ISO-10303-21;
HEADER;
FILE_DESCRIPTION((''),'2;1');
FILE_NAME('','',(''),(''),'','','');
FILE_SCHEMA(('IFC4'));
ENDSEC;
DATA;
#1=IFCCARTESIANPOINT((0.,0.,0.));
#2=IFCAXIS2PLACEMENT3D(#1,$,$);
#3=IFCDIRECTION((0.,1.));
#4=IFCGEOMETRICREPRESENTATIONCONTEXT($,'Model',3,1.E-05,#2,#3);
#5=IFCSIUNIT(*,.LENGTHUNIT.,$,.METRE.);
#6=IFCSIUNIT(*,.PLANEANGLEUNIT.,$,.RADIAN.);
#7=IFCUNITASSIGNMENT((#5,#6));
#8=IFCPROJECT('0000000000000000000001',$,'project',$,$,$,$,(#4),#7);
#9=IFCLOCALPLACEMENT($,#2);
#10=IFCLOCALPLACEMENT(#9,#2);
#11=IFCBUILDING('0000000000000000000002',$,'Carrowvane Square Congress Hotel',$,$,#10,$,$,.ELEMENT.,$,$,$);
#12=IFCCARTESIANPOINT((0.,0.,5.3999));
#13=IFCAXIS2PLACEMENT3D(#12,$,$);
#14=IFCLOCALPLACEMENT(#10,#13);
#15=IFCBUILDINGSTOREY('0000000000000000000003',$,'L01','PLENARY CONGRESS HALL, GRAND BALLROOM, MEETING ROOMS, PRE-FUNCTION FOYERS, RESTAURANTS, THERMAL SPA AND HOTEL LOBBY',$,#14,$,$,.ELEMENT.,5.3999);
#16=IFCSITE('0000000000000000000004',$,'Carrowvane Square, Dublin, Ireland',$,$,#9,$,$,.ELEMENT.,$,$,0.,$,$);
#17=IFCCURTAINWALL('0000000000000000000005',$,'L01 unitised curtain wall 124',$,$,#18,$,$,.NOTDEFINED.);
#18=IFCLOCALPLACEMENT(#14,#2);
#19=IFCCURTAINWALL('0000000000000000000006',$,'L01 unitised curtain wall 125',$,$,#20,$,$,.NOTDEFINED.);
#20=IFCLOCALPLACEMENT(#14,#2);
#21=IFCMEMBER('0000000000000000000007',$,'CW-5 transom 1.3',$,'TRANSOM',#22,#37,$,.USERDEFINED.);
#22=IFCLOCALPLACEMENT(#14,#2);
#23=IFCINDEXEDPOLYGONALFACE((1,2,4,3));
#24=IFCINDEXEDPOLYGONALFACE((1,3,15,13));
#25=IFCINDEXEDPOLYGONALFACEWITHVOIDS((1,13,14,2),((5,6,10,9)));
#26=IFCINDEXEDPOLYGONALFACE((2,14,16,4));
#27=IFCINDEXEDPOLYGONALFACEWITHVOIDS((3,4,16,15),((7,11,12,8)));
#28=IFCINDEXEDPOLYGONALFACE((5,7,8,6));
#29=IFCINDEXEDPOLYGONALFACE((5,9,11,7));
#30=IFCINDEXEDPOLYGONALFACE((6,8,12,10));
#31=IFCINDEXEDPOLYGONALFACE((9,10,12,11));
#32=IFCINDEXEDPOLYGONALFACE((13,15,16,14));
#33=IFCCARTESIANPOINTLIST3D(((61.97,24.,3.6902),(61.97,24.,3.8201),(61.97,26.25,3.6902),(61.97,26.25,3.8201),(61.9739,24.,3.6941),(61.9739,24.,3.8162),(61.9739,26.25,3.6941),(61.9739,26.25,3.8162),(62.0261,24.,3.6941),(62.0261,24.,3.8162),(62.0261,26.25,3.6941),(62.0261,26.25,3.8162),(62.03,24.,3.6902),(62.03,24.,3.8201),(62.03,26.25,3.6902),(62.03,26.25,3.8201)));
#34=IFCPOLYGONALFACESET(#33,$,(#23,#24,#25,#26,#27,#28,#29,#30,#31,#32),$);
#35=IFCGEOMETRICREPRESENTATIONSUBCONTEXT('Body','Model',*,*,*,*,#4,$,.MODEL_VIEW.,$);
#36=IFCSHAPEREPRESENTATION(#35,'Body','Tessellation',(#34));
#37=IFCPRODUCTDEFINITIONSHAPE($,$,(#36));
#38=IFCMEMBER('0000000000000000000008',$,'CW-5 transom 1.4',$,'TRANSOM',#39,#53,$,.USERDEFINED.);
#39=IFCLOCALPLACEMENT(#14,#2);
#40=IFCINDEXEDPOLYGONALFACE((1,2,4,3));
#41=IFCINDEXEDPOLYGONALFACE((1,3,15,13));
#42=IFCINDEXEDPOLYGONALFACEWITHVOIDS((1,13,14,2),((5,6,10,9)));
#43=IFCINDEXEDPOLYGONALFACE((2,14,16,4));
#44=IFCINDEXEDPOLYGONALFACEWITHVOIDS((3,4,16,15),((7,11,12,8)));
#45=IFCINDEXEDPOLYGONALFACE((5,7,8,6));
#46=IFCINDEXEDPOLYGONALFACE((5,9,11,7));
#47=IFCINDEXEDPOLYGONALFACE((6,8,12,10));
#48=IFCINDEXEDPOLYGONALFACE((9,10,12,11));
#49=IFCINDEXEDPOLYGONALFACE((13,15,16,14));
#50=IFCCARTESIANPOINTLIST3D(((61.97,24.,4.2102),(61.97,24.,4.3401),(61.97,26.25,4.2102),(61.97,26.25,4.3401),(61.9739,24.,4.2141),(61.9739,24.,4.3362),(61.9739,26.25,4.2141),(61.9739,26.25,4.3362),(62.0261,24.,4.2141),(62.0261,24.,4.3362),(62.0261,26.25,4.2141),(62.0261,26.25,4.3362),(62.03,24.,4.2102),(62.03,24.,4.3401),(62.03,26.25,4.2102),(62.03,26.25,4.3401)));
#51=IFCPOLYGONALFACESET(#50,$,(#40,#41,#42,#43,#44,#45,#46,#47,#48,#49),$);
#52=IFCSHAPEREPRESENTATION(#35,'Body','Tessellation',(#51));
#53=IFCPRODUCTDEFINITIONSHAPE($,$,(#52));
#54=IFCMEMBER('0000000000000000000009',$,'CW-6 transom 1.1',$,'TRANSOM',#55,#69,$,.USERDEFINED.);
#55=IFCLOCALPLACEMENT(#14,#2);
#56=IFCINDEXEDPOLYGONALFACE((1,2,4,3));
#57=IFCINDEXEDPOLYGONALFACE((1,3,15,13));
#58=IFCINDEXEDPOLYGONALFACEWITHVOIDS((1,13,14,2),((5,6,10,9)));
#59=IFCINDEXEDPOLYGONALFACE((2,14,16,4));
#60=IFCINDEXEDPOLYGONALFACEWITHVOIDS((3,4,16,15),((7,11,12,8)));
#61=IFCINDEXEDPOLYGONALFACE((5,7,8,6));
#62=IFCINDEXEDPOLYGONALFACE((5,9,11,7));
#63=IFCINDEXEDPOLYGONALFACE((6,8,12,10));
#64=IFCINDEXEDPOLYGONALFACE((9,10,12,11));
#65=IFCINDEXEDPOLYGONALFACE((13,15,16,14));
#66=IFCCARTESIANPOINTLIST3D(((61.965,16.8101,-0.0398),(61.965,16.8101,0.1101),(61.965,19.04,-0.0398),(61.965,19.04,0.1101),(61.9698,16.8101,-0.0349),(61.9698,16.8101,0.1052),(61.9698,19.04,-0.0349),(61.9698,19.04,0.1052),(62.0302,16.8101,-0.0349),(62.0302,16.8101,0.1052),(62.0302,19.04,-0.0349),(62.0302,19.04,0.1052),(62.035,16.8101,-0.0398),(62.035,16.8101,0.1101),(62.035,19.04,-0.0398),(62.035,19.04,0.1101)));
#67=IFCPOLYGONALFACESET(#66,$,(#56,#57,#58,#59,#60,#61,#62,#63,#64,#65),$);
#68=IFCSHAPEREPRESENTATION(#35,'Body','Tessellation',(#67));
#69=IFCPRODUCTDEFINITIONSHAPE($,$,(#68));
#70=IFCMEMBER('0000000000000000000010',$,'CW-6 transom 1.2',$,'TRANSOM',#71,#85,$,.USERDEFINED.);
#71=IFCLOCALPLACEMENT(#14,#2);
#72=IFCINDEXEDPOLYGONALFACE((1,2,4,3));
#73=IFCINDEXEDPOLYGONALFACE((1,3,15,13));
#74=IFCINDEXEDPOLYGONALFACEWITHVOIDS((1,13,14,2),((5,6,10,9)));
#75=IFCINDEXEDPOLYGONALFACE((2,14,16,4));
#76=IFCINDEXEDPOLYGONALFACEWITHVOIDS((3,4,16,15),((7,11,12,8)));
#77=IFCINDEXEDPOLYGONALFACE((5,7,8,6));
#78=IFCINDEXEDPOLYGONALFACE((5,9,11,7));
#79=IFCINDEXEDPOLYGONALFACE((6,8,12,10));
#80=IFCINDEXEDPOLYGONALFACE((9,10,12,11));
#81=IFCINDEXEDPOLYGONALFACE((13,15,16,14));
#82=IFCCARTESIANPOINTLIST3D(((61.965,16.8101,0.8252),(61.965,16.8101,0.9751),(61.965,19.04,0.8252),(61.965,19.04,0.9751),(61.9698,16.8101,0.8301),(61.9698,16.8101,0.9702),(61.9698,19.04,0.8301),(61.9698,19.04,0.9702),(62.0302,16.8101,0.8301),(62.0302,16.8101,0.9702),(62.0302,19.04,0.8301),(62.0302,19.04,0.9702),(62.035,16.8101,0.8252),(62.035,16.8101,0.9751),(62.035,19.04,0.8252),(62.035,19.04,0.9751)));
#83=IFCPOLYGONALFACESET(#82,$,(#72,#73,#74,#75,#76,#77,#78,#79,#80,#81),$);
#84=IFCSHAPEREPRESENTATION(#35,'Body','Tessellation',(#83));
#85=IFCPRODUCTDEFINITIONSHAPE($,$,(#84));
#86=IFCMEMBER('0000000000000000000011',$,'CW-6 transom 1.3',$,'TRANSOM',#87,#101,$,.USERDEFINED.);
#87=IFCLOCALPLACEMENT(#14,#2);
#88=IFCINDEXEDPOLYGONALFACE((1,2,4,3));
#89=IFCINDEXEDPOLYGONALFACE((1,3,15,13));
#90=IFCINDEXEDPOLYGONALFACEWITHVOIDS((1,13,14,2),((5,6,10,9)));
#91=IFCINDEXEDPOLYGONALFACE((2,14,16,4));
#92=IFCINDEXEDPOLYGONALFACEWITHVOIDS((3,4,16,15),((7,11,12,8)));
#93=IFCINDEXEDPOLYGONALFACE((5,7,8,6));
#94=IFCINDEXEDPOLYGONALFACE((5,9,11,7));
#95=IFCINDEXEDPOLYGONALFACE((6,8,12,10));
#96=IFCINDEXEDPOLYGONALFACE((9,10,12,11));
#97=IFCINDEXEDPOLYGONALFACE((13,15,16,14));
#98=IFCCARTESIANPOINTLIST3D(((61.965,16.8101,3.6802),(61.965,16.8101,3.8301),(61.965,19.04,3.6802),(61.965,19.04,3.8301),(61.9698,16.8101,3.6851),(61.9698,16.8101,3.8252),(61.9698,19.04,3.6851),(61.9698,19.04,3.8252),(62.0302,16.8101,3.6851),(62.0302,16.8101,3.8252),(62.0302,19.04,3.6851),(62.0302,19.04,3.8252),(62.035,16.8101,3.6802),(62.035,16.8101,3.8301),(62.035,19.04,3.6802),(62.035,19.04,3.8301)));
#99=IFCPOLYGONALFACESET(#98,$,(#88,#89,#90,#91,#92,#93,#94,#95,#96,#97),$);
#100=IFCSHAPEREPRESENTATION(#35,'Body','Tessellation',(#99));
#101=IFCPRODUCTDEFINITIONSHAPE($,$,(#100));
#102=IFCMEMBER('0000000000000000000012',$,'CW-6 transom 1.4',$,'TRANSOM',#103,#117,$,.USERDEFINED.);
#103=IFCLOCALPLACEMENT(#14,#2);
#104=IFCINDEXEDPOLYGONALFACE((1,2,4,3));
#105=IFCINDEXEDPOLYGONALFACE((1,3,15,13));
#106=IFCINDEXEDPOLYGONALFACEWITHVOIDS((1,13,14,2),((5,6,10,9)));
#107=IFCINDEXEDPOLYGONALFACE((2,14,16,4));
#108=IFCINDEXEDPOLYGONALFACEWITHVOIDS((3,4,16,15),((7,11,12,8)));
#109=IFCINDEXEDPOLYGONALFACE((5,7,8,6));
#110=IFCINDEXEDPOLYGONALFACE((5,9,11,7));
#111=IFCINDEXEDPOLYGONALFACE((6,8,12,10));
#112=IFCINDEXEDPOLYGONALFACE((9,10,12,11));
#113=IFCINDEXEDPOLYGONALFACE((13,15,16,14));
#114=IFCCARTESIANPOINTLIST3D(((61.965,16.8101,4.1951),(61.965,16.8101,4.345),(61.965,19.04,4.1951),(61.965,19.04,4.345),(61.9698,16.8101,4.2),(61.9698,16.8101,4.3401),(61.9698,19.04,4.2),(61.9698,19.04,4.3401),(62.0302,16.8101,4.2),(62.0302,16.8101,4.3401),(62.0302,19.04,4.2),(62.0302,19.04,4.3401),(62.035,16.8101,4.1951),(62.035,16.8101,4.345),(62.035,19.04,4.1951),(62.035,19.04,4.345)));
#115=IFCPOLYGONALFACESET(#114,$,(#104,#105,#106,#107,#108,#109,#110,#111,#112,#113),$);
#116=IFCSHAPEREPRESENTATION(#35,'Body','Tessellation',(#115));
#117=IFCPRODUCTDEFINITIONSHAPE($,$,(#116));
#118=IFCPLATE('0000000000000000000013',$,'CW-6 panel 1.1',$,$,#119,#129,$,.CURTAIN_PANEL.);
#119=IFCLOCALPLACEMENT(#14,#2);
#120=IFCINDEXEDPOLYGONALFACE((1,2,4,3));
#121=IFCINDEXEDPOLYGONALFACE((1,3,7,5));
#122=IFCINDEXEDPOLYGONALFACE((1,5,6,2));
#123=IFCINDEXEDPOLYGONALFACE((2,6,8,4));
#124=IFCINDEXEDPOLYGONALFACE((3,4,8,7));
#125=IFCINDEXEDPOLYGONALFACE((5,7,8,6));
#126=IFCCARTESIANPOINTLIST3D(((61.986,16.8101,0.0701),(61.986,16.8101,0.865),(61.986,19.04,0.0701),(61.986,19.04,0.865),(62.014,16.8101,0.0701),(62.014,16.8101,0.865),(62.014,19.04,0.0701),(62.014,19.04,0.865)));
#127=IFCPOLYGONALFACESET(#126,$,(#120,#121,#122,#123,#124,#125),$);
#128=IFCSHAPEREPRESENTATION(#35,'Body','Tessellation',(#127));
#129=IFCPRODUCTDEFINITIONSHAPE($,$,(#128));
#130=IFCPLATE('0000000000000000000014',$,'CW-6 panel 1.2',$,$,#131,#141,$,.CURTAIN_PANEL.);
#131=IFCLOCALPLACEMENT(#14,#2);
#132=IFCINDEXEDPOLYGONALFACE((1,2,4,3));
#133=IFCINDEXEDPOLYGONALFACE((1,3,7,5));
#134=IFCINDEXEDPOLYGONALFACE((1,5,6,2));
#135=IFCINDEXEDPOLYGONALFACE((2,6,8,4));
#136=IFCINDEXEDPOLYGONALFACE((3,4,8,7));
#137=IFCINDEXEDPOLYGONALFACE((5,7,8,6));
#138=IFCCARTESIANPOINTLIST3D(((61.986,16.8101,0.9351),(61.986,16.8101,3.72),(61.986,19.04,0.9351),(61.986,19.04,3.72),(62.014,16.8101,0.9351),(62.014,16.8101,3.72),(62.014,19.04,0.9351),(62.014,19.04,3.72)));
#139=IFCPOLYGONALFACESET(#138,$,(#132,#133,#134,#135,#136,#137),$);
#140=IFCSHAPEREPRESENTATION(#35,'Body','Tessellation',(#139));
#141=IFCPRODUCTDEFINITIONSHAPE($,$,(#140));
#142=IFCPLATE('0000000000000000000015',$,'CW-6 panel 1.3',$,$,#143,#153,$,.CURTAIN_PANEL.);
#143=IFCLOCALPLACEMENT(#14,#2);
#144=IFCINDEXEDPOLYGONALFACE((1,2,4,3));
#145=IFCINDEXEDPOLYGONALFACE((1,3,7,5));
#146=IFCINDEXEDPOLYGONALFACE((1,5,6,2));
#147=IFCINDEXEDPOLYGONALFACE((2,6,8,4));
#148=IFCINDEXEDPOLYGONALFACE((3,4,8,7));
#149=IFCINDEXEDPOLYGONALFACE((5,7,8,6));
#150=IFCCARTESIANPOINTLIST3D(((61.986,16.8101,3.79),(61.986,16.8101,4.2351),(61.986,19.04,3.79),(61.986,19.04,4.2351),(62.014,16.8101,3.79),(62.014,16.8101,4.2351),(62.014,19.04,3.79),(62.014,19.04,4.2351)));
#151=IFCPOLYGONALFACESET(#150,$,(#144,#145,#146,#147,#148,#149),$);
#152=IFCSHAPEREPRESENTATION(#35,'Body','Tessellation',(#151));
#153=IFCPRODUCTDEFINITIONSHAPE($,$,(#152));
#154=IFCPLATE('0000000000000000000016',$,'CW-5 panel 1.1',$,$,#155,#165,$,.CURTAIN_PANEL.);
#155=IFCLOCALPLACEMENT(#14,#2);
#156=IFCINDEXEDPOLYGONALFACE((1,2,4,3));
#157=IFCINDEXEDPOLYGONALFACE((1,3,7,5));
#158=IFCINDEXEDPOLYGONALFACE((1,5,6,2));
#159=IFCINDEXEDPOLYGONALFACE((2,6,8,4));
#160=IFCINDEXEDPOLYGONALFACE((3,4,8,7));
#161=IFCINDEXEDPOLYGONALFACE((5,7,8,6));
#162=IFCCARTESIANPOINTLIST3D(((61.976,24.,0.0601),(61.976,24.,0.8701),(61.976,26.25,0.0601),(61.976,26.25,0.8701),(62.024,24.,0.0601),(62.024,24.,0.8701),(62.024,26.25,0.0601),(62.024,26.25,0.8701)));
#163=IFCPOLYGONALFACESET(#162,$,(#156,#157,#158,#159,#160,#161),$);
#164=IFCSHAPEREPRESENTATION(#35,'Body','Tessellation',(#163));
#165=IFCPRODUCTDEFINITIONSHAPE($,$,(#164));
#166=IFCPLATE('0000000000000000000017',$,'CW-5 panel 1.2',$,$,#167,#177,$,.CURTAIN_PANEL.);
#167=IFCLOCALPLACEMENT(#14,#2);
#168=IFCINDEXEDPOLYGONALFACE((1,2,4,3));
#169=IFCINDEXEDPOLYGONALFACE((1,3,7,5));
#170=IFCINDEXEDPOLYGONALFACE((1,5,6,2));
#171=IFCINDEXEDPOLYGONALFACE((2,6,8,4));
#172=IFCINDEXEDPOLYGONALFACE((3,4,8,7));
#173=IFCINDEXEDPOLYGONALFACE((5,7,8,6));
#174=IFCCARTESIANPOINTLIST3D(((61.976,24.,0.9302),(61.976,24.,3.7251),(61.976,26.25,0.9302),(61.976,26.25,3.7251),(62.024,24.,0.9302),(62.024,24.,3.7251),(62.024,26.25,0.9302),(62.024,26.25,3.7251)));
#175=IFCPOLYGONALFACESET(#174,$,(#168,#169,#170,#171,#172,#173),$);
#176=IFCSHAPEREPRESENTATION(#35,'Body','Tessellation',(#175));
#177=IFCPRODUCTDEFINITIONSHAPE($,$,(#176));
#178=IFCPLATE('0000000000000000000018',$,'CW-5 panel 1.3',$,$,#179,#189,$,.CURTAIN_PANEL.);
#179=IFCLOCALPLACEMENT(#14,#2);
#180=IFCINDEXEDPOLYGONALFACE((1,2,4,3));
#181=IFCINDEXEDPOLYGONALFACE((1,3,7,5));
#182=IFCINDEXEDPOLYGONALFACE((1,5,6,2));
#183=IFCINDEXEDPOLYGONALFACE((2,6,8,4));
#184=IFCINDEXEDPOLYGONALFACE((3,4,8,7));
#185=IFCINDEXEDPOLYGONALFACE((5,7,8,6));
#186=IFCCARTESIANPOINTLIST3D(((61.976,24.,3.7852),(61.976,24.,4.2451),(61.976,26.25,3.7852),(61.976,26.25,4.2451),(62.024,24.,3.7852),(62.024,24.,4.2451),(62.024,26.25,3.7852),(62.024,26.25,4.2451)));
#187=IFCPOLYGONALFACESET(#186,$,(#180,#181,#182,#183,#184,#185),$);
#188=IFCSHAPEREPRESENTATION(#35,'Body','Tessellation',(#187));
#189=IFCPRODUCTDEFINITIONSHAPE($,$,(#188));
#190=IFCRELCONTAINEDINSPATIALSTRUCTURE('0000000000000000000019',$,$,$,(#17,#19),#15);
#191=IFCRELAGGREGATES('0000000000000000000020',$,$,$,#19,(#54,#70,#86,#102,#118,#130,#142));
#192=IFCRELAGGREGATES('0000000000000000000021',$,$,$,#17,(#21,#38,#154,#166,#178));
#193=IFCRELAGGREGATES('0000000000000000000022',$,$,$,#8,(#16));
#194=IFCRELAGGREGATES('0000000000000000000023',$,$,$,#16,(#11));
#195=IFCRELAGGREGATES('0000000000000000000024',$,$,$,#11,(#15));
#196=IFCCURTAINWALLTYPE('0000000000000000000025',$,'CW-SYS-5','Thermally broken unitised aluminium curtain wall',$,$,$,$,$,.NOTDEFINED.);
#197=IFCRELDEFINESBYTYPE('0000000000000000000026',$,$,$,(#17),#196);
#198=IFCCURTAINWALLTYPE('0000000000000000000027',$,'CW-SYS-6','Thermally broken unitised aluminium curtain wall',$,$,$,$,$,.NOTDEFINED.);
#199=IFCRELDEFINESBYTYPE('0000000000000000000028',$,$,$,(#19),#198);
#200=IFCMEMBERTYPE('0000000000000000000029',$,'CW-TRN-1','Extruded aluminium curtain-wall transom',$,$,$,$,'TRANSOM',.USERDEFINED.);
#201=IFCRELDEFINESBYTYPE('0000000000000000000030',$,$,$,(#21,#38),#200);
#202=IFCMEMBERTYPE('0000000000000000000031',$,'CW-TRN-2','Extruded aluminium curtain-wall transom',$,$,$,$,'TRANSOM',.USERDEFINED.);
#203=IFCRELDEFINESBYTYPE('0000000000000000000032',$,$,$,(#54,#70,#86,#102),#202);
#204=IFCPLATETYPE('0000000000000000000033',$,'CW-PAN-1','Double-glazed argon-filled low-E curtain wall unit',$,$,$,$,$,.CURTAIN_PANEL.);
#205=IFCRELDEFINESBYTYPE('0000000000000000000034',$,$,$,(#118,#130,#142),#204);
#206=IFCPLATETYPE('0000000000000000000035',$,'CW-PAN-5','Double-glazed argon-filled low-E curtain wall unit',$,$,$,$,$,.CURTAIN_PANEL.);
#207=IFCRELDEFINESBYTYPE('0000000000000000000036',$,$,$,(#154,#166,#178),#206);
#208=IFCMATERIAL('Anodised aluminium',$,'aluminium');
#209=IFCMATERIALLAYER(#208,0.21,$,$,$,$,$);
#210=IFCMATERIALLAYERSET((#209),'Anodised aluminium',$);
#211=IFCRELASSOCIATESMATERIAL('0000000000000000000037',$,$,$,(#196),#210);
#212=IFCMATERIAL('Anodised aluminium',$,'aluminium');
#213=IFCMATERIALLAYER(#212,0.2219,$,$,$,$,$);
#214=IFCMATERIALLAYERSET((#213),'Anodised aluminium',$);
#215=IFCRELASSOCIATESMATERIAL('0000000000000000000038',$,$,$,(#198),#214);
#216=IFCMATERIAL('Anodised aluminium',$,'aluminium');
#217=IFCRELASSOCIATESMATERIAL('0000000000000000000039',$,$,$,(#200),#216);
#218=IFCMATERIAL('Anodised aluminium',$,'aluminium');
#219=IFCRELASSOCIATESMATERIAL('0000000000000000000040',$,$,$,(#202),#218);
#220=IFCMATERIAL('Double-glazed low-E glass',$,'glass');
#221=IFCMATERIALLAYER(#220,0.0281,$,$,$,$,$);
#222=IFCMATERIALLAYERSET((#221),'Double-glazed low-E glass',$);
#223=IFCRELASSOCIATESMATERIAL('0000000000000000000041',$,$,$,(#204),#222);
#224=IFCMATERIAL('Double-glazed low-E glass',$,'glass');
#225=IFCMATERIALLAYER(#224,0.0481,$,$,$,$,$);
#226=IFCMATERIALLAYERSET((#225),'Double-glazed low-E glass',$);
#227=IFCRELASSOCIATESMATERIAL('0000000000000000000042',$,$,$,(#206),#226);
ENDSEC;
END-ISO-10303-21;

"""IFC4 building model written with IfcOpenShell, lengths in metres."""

from ifc_helpers import new_model, si_unit, direction, frame, origin, origin_2d, place, context, subcontext, project, spatial, rectangle, hollow_rectangle, extrude, material, layer, layer_set, material_profile, profile_set, type_object, element, aggregate, save


model = new_model("IFC4")

# Units and contexts
model_context = context("Model", 3, precision=1e-05, world=origin(), true_north=direction((0.0, 1.0)))
body_context = subcontext(model_context, "Body", "Model", "MODEL_VIEW")
ifc_project = project(units=[si_unit("LENGTHUNIT", "METRE"), si_unit("PLANEANGLEUNIT", "RADIAN")], contexts=[model_context])

# Site, building, storey
site_placement = place(None, origin())
site = spatial("IfcSite", under=ifc_project, at=site_placement, Name="Carrowvane Square, Dublin, Ireland", CompositionType="ELEMENT", RefElevation=0.0)
building_placement = place(site_placement, origin())
building = spatial("IfcBuilding", under=site, at=building_placement, Name="Carrowvane Square Congress Hotel", CompositionType="ELEMENT")
storey_placement = place(building_placement, frame((0.0, 0.0, 5.3999)))
storey = spatial("IfcBuildingStorey", under=building, at=storey_placement, Name="L01", Description="PLENARY CONGRESS HALL, GRAND BALLROOM, MEETING ROOMS, PRE-FUNCTION FOYERS, RESTAURANTS, THERMAL SPA AND HOTEL LOBBY", CompositionType="ELEMENT", Elevation=5.3999)

# Curtain wall
ifc_material_1 = material(Name="Anodised aluminium", Category="aluminium")
ifc_layer_1 = layer(ifc_material_1, 0.21)
ifc_layer_set_1 = layer_set([ifc_layer_1], Name="Anodised aluminium")
curtain_wall_type_1 = type_object("IfcCurtainWallType", Name="CW-SYS-5", Description="Thermally broken unitised aluminium curtain wall", PredefinedType="NOTDEFINED", material=ifc_layer_set_1)
curtain_wall_1_placement = place(storey_placement, origin())
curtain_wall_1 = element("IfcCurtainWall", 1, at=curtain_wall_1_placement, inside=storey, type_object=curtain_wall_type_1, Name="L01 unitised curtain wall 124", PredefinedType="NOTDEFINED")

# Curtain wall
ifc_material_2 = material(Name="Anodised aluminium", Category="aluminium")
ifc_layer_2 = layer(ifc_material_2, 0.2219)
ifc_layer_set_2 = layer_set([ifc_layer_2], Name="Anodised aluminium")
curtain_wall_type_2 = type_object("IfcCurtainWallType", Name="CW-SYS-6", Description="Thermally broken unitised aluminium curtain wall", PredefinedType="NOTDEFINED", material=ifc_layer_set_2)
curtain_wall_2_placement = place(storey_placement, origin())
curtain_wall_2 = element("IfcCurtainWall", 2, at=curtain_wall_2_placement, inside=storey, type_object=curtain_wall_type_2, Name="L01 unitised curtain wall 125", PredefinedType="NOTDEFINED")

# Members
ifc_material_3 = material(Name="Anodised aluminium", Category="aluminium")
ifc_material_profile_1 = material_profile(ifc_material_3, hollow_rectangle(XDim=0.0601, YDim=0.1299, WallThickness=0.0039, at=origin_2d()), Name="CW-TR 60x130x4")
ifc_profile_set_1 = profile_set([ifc_material_profile_1], Name="Anodised aluminium")
member_type_1 = type_object("IfcMemberType", Name="CW-TRN-1", Description="Extruded aluminium curtain-wall transom", ElementType="TRANSOM", PredefinedType="USERDEFINED", material=ifc_profile_set_1)
member_1_placement = place(storey_placement, frame((62.0, 26.25, 3.7551), z_axis=(0.0, -1.0, 0.0), x_axis=(1.0, 0.0, 0.0)))
member_1 = element("IfcMember", 3, at=member_1_placement, type_object=member_type_1, Name="CW-5 transom 1.3", ObjectType="TRANSOM", PredefinedType="USERDEFINED", context=body_context, shape_type="SweptSolid", body=[
    extrude(hollow_rectangle(XDim=0.0601, YDim=0.1299, WallThickness=0.0039, at=origin_2d()), origin(), (0.0, 0.0, 1.0), 2.25),
])
member_2_placement = place(storey_placement, frame((62.0, 26.25, 4.2751), z_axis=(0.0, -1.0, 0.0), x_axis=(1.0, 0.0, 0.0)))
member_2 = element("IfcMember", 4, at=member_2_placement, type_object=member_type_1, Name="CW-5 transom 1.4", ObjectType="TRANSOM", PredefinedType="USERDEFINED", context=body_context, shape_type="SweptSolid", body=[
    extrude(hollow_rectangle(XDim=0.0601, YDim=0.1299, WallThickness=0.0039, at=origin_2d()), origin(), (0.0, 0.0, 1.0), 2.25),
])
ifc_material_4 = material(Name="Anodised aluminium", Category="aluminium")
ifc_material_profile_2 = material_profile(ifc_material_4, hollow_rectangle(XDim=0.0701, YDim=0.1499, WallThickness=0.0049, at=origin_2d()), Name="CW-TR 70x150x5")
ifc_profile_set_2 = profile_set([ifc_material_profile_2], Name="Anodised aluminium")
member_type_2 = type_object("IfcMemberType", Name="CW-TRN-2", Description="Extruded aluminium curtain-wall transom", ElementType="TRANSOM", PredefinedType="USERDEFINED", material=ifc_profile_set_2)
member_3_placement = place(storey_placement, frame((62.0, 19.04, 0.0352), z_axis=(0.0, -1.0, 0.0), x_axis=(1.0, 0.0, 0.0)))
member_3 = element("IfcMember", 5, at=member_3_placement, type_object=member_type_2, Name="CW-6 transom 1.1", ObjectType="TRANSOM", PredefinedType="USERDEFINED", context=body_context, shape_type="SweptSolid", body=[
    extrude(hollow_rectangle(XDim=0.0701, YDim=0.1499, WallThickness=0.0049, at=origin_2d()), origin(), (0.0, 0.0, 1.0), 2.23),
])
member_4_placement = place(storey_placement, frame((62.0, 19.04, 0.9001), z_axis=(0.0, -1.0, 0.0), x_axis=(1.0, 0.0, 0.0)))
member_4 = element("IfcMember", 6, at=member_4_placement, type_object=member_type_2, Name="CW-6 transom 1.2", ObjectType="TRANSOM", PredefinedType="USERDEFINED", context=body_context, shape_type="SweptSolid", body=[
    extrude(hollow_rectangle(XDim=0.0701, YDim=0.1499, WallThickness=0.0049, at=origin_2d()), origin(), (0.0, 0.0, 1.0), 2.23),
])
member_5_placement = place(storey_placement, frame((62.0, 19.04, 3.7551), z_axis=(0.0, -1.0, 0.0), x_axis=(1.0, 0.0, 0.0)))
member_5 = element("IfcMember", 7, at=member_5_placement, type_object=member_type_2, Name="CW-6 transom 1.3", ObjectType="TRANSOM", PredefinedType="USERDEFINED", context=body_context, shape_type="SweptSolid", body=[
    extrude(hollow_rectangle(XDim=0.0701, YDim=0.1499, WallThickness=0.0049, at=origin_2d()), origin(), (0.0, 0.0, 1.0), 2.23),
])
member_6_placement = place(storey_placement, frame((62.0, 19.04, 4.27), z_axis=(0.0, -1.0, 0.0), x_axis=(1.0, 0.0, 0.0)))
member_6 = element("IfcMember", 8, at=member_6_placement, type_object=member_type_2, Name="CW-6 transom 1.4", ObjectType="TRANSOM", PredefinedType="USERDEFINED", context=body_context, shape_type="SweptSolid", body=[
    extrude(hollow_rectangle(XDim=0.0701, YDim=0.1499, WallThickness=0.0049, at=origin_2d()), origin(), (0.0, 0.0, 1.0), 2.23),
])

# Plates
ifc_material_5 = material(Name="Double-glazed low-E glass", Category="glass")
ifc_layer_3 = layer(ifc_material_5, 0.0281)
ifc_layer_set_3 = layer_set([ifc_layer_3], Name="Double-glazed low-E glass")
plate_type_1 = type_object("IfcPlateType", Name="CW-PAN-1", Description="Double-glazed argon-filled low-E curtain wall unit", PredefinedType="CURTAIN_PANEL", material=ifc_layer_set_3)
plate_1_placement = place(storey_placement, frame((62.0, 17.925, 0.0701), z_axis=(0.0, 0.0, 1.0), x_axis=(0.0, -1.0, 0.0)))
plate_1 = element("IfcPlate", 9, at=plate_1_placement, type_object=plate_type_1, Name="CW-6 panel 1.1", PredefinedType="CURTAIN_PANEL", context=body_context, shape_type="SweptSolid", body=[
    extrude(rectangle(XDim=2.23, YDim=0.0281, at=origin_2d()), origin(), (0.0, 0.0, 1.0), 0.7949),
])
plate_2_placement = place(storey_placement, frame((62.0, 17.925, 0.9351), z_axis=(0.0, 0.0, 1.0), x_axis=(0.0, -1.0, 0.0)))
plate_2 = element("IfcPlate", 10, at=plate_2_placement, type_object=plate_type_1, Name="CW-6 panel 1.2", PredefinedType="CURTAIN_PANEL", context=body_context, shape_type="SweptSolid", body=[
    extrude(rectangle(XDim=2.23, YDim=0.0281, at=origin_2d()), origin(), (0.0, 0.0, 1.0), 2.7849),
])
plate_3_placement = place(storey_placement, frame((62.0, 17.925, 3.79), z_axis=(0.0, 0.0, 1.0), x_axis=(0.0, -1.0, 0.0)))
plate_3 = element("IfcPlate", 11, at=plate_3_placement, type_object=plate_type_1, Name="CW-6 panel 1.3", PredefinedType="CURTAIN_PANEL", context=body_context, shape_type="SweptSolid", body=[
    extrude(rectangle(XDim=2.23, YDim=0.0281, at=origin_2d()), origin(), (0.0, 0.0, 1.0), 0.4451),
])
aggregate(curtain_wall_2, [member_3, member_4, member_5, member_6, plate_1, plate_2, plate_3])
ifc_material_6 = material(Name="Double-glazed low-E glass", Category="glass")
ifc_layer_4 = layer(ifc_material_6, 0.0481)
ifc_layer_set_4 = layer_set([ifc_layer_4], Name="Double-glazed low-E glass")
plate_type_2 = type_object("IfcPlateType", Name="CW-PAN-5", Description="Double-glazed argon-filled low-E curtain wall unit", PredefinedType="CURTAIN_PANEL", material=ifc_layer_set_4)
plate_4_placement = place(storey_placement, frame((62.0, 25.125, 0.0601), z_axis=(0.0, 0.0, 1.0), x_axis=(0.0, -1.0, 0.0)))
plate_4 = element("IfcPlate", 12, at=plate_4_placement, type_object=plate_type_2, Name="CW-5 panel 1.1", PredefinedType="CURTAIN_PANEL", context=body_context, shape_type="SweptSolid", body=[
    extrude(rectangle(XDim=2.25, YDim=0.0481, at=origin_2d()), origin(), (0.0, 0.0, 1.0), 0.8101),
])
plate_5_placement = place(storey_placement, frame((62.0, 25.125, 0.9302), z_axis=(0.0, 0.0, 1.0), x_axis=(0.0, -1.0, 0.0)))
plate_5 = element("IfcPlate", 13, at=plate_5_placement, type_object=plate_type_2, Name="CW-5 panel 1.2", PredefinedType="CURTAIN_PANEL", context=body_context, shape_type="SweptSolid", body=[
    extrude(rectangle(XDim=2.25, YDim=0.0481, at=origin_2d()), origin(), (0.0, 0.0, 1.0), 2.7949),
])
plate_6_placement = place(storey_placement, frame((62.0, 25.125, 3.7852), z_axis=(0.0, 0.0, 1.0), x_axis=(0.0, -1.0, 0.0)))
plate_6 = element("IfcPlate", 14, at=plate_6_placement, type_object=plate_type_2, Name="CW-5 panel 1.3", PredefinedType="CURTAIN_PANEL", context=body_context, shape_type="SweptSolid", body=[
    extrude(rectangle(XDim=2.25, YDim=0.0481, at=origin_2d()), origin(), (0.0, 0.0, 1.0), 0.46),
])
aggregate(curtain_wall_1, [member_1, member_2, plate_4, plate_5, plate_6])

save(model, "model.ifc")
